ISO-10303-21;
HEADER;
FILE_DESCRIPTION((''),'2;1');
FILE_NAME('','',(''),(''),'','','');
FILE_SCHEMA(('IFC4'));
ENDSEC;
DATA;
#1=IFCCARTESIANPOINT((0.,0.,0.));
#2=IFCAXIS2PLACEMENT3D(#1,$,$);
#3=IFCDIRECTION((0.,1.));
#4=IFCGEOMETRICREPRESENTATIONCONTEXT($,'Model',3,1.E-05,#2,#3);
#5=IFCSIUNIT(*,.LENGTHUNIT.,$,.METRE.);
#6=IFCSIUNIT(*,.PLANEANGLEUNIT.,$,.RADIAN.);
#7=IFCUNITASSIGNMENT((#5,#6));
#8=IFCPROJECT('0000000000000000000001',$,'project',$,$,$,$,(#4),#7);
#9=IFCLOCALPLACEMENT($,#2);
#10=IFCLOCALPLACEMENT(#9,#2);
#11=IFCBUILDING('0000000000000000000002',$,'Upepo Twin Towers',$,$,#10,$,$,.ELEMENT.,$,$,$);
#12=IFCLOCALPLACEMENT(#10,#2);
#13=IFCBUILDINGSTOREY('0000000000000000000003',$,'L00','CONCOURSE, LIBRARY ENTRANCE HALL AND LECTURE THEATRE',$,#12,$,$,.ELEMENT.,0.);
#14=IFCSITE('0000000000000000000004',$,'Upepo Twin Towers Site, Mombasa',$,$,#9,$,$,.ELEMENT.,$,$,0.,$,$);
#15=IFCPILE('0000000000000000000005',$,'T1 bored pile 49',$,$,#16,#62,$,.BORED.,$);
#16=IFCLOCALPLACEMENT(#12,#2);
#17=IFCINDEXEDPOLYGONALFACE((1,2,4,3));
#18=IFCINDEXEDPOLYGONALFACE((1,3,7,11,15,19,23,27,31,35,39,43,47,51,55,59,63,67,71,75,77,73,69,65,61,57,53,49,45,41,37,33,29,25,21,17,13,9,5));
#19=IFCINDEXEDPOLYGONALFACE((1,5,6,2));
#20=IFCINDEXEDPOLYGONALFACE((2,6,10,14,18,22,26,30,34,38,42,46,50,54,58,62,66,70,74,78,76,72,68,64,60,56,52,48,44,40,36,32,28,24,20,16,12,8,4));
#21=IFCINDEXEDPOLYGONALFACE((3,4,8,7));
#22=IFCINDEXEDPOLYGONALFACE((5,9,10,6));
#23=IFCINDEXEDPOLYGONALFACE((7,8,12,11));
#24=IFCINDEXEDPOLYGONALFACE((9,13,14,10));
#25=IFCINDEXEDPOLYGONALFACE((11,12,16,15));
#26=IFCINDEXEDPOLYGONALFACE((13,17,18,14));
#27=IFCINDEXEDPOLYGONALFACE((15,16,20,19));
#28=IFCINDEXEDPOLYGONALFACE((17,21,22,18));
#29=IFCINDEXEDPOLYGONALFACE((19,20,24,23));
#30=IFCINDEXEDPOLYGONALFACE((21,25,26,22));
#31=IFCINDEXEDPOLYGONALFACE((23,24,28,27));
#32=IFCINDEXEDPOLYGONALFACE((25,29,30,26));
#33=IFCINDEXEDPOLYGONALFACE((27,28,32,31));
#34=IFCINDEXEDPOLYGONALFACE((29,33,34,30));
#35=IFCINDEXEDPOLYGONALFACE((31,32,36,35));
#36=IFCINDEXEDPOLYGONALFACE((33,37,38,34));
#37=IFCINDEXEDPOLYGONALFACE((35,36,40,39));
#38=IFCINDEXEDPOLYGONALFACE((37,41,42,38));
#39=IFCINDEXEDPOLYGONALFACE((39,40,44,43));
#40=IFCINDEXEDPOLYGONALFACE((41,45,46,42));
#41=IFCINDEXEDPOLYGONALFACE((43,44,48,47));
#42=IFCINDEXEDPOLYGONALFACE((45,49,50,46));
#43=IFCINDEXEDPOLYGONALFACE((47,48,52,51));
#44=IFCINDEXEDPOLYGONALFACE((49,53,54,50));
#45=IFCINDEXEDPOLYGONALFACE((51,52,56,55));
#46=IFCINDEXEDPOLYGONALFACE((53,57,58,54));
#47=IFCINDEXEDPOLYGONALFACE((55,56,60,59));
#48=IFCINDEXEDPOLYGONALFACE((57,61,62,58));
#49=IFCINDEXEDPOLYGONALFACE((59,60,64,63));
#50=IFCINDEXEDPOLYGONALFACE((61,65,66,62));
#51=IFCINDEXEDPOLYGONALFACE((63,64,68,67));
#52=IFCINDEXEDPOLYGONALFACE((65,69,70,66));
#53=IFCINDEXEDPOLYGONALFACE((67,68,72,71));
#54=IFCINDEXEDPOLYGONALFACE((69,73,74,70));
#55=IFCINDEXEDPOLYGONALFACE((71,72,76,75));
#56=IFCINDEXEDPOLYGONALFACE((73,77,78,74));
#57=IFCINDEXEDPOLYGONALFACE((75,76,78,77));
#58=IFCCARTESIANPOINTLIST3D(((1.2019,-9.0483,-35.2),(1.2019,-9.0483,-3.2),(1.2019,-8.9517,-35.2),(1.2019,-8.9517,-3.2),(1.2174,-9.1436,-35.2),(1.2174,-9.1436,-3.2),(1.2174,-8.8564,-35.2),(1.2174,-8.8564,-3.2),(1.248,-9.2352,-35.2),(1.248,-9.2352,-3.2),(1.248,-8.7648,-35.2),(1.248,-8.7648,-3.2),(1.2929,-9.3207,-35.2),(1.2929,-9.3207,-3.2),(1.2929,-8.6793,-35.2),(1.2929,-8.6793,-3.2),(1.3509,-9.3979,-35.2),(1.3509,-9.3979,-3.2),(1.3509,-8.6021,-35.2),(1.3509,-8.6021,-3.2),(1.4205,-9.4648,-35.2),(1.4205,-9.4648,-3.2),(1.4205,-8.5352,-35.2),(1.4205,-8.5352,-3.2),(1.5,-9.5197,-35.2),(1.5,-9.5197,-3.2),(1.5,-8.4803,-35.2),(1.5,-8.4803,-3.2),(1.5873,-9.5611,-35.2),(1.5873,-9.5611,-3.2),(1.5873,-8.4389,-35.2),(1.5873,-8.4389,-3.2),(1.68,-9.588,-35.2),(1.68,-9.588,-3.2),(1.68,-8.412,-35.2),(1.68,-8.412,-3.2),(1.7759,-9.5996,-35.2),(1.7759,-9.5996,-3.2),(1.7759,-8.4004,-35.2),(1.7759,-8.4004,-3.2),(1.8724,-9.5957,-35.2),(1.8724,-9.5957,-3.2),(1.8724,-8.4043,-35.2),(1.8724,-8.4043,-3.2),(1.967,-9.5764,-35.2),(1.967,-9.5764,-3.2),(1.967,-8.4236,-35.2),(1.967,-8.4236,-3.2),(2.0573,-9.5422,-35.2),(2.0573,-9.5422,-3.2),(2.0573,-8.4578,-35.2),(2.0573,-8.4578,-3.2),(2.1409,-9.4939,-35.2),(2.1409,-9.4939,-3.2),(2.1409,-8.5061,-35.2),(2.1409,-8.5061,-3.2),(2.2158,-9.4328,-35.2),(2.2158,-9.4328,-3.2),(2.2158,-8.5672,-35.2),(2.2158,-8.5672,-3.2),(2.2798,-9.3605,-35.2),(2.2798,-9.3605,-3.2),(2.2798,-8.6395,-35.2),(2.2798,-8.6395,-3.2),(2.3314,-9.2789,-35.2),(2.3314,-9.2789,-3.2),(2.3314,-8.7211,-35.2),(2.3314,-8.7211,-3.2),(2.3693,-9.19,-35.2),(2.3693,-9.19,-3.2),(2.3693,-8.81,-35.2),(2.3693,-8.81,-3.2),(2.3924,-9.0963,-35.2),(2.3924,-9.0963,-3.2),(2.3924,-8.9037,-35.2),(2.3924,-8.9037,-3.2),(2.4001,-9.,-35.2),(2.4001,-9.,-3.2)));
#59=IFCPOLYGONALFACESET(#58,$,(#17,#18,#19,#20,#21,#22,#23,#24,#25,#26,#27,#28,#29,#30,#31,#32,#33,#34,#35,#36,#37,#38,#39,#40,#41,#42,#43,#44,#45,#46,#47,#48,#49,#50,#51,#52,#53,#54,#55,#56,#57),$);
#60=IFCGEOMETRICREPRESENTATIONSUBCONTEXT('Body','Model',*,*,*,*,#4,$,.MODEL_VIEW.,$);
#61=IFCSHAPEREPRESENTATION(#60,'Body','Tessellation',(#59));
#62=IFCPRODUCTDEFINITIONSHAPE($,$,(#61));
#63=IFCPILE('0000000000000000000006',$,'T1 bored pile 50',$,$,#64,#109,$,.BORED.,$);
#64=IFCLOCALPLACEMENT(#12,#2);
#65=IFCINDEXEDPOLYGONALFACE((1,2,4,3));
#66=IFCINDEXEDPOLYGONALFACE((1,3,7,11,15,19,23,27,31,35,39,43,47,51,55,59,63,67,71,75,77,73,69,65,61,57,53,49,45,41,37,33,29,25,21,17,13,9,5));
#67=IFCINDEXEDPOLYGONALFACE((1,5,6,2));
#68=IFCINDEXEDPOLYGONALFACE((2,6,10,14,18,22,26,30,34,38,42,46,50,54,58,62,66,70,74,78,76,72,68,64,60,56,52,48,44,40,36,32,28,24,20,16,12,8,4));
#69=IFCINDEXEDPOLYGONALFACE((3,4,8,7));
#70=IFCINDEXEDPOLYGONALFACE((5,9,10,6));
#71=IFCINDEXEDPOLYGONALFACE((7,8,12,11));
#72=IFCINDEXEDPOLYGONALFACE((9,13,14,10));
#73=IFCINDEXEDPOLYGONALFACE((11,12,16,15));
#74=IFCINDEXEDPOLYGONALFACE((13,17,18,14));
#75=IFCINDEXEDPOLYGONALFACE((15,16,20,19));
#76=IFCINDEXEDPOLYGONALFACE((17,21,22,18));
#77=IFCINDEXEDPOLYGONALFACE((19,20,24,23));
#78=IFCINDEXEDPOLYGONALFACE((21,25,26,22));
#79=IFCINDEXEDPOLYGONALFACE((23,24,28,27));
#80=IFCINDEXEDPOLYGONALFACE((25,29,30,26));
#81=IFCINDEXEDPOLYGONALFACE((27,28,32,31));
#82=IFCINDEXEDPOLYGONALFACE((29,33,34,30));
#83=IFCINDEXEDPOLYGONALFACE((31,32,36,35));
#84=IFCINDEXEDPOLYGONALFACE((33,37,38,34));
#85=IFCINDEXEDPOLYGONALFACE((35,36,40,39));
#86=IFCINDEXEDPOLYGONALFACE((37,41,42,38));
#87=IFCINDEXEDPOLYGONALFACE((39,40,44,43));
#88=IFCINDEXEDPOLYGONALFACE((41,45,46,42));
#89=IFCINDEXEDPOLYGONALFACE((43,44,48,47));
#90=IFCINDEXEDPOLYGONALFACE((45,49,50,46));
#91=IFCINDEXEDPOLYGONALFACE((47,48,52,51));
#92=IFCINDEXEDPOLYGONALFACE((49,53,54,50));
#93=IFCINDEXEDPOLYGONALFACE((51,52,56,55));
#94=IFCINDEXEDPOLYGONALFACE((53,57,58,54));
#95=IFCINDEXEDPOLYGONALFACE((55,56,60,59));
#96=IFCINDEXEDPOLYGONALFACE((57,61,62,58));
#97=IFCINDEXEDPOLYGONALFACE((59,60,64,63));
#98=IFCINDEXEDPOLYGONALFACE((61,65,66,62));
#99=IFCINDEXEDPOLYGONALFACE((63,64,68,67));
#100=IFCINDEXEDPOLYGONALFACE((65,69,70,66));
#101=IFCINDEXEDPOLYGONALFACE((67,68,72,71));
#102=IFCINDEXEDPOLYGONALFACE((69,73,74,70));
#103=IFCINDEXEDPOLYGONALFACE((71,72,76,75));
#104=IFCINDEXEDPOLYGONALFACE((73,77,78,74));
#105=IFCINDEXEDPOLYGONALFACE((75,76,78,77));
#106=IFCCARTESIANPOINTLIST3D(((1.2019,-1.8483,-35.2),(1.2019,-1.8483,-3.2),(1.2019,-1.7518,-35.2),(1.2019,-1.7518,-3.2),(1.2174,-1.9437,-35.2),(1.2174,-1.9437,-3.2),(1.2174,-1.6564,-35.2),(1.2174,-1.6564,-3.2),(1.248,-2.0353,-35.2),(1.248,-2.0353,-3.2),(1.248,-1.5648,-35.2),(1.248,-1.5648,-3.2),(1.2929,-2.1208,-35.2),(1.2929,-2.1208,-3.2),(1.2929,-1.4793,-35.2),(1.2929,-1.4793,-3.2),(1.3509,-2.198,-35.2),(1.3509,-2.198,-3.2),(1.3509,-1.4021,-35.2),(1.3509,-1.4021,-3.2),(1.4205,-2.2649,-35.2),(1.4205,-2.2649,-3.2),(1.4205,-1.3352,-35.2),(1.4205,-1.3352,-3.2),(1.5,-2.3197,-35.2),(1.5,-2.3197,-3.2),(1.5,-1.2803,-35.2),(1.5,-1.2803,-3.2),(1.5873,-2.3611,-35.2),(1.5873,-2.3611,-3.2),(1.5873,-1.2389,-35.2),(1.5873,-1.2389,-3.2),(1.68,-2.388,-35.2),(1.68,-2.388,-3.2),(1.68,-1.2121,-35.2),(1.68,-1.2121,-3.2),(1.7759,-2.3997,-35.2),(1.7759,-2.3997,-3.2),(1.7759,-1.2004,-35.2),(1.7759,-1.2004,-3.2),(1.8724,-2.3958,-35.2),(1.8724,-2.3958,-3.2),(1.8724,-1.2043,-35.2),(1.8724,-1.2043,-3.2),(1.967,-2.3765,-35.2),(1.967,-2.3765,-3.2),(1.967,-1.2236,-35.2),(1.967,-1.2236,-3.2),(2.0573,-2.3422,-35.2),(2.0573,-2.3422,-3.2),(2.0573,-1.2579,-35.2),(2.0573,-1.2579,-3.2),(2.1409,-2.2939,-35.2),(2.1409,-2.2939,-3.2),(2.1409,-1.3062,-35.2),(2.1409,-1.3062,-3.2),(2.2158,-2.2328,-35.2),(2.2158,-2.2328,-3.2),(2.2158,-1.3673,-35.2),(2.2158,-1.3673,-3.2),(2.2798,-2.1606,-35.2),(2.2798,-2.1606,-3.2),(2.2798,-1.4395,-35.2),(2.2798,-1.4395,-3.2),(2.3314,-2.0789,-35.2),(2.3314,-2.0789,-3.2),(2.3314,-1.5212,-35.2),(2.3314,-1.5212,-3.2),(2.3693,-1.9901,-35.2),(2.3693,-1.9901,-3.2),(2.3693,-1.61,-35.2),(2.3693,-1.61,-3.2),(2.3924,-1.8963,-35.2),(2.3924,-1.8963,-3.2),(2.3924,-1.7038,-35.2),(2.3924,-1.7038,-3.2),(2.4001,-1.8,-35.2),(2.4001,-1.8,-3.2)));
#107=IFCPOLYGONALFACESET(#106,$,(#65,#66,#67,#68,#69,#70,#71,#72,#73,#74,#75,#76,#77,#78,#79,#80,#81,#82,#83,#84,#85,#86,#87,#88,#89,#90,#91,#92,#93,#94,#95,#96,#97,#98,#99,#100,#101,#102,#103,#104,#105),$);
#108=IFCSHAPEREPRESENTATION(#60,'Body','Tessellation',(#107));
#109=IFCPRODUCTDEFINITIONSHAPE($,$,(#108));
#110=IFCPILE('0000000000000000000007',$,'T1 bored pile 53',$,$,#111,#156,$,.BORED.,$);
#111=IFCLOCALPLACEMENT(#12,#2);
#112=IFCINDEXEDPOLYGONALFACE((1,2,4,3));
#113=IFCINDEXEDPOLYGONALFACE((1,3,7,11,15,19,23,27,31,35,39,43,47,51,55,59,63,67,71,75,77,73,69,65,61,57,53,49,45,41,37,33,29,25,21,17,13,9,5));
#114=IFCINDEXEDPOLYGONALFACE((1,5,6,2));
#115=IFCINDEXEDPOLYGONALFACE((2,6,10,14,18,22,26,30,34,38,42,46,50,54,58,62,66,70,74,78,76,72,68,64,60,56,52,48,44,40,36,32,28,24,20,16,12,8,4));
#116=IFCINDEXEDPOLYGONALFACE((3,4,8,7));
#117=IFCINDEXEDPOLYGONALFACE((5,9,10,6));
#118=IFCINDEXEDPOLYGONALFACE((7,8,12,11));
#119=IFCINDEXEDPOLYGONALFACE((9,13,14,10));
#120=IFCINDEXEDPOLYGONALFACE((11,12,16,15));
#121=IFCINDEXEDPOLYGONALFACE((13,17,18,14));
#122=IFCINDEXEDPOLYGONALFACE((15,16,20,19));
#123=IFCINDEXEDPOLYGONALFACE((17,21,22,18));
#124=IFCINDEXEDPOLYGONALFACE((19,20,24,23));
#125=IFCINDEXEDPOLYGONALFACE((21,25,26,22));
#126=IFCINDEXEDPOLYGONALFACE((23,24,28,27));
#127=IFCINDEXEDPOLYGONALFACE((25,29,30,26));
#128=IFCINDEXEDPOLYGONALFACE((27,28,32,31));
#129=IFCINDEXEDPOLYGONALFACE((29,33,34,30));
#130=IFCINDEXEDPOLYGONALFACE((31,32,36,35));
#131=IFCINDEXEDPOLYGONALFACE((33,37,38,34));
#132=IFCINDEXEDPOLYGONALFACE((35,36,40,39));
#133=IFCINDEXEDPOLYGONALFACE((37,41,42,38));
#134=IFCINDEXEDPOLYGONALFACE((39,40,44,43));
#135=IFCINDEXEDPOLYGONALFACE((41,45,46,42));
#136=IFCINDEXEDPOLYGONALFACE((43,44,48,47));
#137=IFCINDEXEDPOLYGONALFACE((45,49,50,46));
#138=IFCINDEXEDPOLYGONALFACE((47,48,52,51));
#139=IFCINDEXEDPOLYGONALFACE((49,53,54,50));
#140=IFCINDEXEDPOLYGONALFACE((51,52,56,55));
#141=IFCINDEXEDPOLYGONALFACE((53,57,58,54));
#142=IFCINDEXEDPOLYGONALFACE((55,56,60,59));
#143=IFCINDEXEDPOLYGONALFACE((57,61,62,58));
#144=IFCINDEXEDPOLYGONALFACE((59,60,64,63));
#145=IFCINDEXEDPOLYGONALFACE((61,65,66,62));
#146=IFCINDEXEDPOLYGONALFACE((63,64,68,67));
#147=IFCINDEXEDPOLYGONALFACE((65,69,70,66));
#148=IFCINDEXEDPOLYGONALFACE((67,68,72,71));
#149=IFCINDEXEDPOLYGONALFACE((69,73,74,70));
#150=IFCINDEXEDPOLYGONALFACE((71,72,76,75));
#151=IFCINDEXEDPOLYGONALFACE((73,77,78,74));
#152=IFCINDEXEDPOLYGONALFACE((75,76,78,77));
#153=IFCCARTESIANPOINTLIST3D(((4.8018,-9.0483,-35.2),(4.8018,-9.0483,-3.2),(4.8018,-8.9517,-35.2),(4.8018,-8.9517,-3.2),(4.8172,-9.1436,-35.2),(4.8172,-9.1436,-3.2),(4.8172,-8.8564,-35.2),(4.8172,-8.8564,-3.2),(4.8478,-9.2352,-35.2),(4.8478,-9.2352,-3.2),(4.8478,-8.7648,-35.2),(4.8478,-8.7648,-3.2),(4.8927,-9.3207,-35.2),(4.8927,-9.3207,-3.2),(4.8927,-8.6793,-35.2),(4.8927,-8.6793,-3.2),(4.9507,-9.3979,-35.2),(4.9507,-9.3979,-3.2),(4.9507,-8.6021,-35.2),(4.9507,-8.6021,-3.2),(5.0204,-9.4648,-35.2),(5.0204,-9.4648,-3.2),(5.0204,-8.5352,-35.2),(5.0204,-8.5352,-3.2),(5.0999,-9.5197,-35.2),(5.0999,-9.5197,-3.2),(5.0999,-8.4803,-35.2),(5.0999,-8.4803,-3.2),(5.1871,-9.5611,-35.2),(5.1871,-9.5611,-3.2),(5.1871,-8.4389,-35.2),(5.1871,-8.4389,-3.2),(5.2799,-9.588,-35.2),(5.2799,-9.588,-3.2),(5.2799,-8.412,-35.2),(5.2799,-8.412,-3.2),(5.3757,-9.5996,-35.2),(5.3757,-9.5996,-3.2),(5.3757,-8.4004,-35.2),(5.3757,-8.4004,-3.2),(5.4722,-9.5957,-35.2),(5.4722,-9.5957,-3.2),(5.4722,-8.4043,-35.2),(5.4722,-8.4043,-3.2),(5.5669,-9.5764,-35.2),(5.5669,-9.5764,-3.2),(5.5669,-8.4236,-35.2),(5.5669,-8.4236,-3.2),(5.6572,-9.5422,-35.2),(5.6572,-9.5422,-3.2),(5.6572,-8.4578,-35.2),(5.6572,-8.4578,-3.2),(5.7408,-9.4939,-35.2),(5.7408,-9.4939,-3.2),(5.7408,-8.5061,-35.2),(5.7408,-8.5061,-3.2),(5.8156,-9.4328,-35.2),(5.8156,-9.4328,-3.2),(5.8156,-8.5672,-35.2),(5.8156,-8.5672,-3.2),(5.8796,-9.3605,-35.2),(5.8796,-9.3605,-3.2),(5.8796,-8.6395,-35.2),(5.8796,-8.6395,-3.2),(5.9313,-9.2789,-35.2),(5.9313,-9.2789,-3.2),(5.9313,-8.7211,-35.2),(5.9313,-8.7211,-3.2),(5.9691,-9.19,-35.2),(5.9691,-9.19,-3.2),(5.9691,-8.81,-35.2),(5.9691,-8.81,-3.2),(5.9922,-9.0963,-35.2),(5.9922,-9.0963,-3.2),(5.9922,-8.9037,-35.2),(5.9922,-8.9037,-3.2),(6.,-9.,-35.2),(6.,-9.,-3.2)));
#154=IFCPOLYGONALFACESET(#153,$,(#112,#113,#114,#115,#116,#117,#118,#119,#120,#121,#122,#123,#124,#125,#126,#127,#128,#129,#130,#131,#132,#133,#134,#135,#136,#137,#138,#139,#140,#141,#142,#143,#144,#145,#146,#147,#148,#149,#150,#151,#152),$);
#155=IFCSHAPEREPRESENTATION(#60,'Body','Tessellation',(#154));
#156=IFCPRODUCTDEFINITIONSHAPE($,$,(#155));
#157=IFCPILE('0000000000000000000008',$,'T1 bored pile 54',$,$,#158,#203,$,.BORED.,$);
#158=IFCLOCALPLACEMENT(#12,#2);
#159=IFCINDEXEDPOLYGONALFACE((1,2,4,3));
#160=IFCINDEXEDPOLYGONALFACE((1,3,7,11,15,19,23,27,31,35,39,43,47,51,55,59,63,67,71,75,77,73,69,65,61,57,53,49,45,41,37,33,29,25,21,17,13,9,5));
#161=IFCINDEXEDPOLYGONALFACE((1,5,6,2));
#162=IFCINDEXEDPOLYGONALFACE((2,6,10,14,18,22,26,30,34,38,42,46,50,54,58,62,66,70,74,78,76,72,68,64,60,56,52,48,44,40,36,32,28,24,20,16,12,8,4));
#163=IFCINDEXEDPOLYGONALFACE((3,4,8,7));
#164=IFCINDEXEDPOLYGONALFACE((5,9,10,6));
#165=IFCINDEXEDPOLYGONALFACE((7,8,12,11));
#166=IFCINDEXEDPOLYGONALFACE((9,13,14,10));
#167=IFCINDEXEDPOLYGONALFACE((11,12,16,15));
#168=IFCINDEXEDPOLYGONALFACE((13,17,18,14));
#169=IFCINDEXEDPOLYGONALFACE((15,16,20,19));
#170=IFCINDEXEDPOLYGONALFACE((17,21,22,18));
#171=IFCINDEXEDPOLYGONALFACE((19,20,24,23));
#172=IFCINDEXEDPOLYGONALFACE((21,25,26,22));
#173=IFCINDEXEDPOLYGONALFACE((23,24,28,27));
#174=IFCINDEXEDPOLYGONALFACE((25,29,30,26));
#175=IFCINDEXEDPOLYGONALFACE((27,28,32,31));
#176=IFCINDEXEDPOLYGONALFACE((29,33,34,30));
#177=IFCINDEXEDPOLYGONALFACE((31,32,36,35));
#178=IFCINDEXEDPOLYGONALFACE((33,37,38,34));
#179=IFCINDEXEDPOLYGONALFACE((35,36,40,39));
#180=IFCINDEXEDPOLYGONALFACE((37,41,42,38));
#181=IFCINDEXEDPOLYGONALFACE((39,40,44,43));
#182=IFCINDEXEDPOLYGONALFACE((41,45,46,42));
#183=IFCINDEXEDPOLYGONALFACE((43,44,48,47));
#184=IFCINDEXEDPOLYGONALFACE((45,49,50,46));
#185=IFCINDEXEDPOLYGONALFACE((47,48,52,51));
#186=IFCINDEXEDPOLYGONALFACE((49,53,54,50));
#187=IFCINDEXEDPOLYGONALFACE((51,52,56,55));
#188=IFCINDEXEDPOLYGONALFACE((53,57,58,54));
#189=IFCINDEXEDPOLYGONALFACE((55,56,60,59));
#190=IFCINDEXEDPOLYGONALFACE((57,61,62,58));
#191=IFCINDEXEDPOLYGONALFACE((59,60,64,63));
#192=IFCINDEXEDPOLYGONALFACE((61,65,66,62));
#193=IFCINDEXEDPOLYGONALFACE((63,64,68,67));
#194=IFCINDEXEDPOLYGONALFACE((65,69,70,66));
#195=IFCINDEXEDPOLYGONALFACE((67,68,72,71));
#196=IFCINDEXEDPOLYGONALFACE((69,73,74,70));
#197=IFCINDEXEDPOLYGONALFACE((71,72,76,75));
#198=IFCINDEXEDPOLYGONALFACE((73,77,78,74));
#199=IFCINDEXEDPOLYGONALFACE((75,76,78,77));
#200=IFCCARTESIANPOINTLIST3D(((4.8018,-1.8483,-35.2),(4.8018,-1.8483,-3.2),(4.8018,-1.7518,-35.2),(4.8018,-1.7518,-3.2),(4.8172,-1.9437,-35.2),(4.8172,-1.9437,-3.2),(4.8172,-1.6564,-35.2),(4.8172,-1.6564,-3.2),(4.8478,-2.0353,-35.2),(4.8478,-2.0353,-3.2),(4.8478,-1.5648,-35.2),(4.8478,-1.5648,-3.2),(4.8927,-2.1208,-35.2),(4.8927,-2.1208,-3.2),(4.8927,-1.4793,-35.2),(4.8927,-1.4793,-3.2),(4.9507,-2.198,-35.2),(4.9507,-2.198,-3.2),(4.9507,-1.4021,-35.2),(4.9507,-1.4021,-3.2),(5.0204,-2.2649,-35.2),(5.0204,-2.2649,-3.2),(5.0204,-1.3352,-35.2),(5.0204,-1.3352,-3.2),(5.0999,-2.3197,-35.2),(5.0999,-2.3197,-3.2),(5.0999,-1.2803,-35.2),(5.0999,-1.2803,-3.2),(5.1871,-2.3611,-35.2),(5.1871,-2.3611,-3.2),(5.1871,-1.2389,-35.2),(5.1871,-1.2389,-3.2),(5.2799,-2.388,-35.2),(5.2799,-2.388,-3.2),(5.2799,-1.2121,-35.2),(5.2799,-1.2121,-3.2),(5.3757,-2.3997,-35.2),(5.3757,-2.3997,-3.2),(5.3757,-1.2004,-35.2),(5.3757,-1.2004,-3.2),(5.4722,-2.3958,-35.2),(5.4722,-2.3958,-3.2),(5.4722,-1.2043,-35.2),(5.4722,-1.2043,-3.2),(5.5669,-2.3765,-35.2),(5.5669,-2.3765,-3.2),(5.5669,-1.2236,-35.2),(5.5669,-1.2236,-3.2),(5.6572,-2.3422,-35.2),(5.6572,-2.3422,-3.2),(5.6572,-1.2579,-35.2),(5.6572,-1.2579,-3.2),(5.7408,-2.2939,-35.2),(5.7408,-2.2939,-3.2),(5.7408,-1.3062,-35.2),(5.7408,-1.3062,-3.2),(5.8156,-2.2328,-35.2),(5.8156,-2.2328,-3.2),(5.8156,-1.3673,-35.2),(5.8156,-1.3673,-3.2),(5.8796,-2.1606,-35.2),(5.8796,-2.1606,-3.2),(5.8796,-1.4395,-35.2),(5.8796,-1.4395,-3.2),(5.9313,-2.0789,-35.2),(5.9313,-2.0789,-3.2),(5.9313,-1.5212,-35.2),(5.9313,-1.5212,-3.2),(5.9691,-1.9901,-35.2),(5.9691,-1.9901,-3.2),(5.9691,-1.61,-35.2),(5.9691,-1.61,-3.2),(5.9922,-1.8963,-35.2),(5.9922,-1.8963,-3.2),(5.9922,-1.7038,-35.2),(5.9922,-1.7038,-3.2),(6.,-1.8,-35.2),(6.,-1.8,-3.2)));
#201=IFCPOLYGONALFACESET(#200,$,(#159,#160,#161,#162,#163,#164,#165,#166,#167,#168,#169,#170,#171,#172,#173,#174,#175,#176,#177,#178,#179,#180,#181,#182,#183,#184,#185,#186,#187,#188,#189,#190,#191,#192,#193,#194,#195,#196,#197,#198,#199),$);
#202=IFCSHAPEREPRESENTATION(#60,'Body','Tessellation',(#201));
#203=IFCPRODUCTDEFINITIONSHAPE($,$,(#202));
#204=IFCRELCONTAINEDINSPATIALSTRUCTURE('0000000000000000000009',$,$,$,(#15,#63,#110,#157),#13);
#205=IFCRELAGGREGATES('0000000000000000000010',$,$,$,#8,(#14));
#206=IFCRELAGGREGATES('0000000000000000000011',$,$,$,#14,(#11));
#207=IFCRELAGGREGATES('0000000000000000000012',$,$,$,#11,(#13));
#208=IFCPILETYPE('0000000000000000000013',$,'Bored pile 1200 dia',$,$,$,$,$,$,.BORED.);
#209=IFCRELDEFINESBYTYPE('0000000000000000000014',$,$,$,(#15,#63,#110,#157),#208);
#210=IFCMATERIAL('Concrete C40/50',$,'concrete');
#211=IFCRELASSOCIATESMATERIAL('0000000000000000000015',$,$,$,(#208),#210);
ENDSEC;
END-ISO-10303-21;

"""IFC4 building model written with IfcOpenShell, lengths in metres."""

from ifc_helpers import new_model, si_unit, direction, frame, origin, origin_2d, place, context, subcontext, project, spatial, circle, extrude, material, type_object, element, save


model = new_model("IFC4")

# Units and contexts
model_context = context("Model", 3, precision=1e-05, world=origin(), true_north=direction((0.0, 1.0)))
body_context = subcontext(model_context, "Body", "Model", "MODEL_VIEW")
ifc_project = project(units=[si_unit("LENGTHUNIT", "METRE"), si_unit("PLANEANGLEUNIT", "RADIAN")], contexts=[model_context])

# Site, building, storey
site_placement = place(None, origin())
site = spatial("IfcSite", under=ifc_project, at=site_placement, Name="Upepo Twin Towers Site, Mombasa", CompositionType="ELEMENT", RefElevation=0.0)
building_placement = place(site_placement, origin())
building = spatial("IfcBuilding", under=site, at=building_placement, Name="Upepo Twin Towers", CompositionType="ELEMENT")
storey_placement = place(building_placement, origin())
storey = spatial("IfcBuildingStorey", under=building, at=storey_placement, Name="L00", Description="CONCOURSE, LIBRARY ENTRANCE HALL AND LECTURE THEATRE", CompositionType="ELEMENT", Elevation=0.0)

# Piles
ifc_material_1 = material(Name="Concrete C40/50", Category="concrete")
pile_type = type_object("IfcPileType", Name="Bored pile 1200 dia", PredefinedType="BORED", material=ifc_material_1)
for number, where, z_axis, x_axis, name in (
    (1, (1.8, -9.0, -3.2), (0.0, 0.0, -1.0), (1.0, 0.0, 0.0), "T1 bored pile 49"),
    (2, (1.8, -1.8, -3.2), (0.0, 0.0, -1.0), (1.0, 0.0, 0.0), "T1 bored pile 50"),
    (3, (5.3999, -9.0, -3.2), (0.0, 0.0, -1.0), (1.0, 0.0, 0.0), "T1 bored pile 53"),
    (4, (5.3999, -1.8, -3.2), (0.0, 0.0, -1.0), (1.0, 0.0, 0.0), "T1 bored pile 54"),
):
    element("IfcPile", number, at=place(storey_placement, frame(where, z_axis=z_axis, x_axis=x_axis)), inside=storey, type_object=pile_type, Name=name, PredefinedType="BORED", context=body_context, shape_type="SweptSolid", body=[
        extrude(circle(Radius=0.6001, at=origin_2d()), origin(), (0.0, 0.0, 1.0), 32.0),
    ])

save(model, "model.ifc")
